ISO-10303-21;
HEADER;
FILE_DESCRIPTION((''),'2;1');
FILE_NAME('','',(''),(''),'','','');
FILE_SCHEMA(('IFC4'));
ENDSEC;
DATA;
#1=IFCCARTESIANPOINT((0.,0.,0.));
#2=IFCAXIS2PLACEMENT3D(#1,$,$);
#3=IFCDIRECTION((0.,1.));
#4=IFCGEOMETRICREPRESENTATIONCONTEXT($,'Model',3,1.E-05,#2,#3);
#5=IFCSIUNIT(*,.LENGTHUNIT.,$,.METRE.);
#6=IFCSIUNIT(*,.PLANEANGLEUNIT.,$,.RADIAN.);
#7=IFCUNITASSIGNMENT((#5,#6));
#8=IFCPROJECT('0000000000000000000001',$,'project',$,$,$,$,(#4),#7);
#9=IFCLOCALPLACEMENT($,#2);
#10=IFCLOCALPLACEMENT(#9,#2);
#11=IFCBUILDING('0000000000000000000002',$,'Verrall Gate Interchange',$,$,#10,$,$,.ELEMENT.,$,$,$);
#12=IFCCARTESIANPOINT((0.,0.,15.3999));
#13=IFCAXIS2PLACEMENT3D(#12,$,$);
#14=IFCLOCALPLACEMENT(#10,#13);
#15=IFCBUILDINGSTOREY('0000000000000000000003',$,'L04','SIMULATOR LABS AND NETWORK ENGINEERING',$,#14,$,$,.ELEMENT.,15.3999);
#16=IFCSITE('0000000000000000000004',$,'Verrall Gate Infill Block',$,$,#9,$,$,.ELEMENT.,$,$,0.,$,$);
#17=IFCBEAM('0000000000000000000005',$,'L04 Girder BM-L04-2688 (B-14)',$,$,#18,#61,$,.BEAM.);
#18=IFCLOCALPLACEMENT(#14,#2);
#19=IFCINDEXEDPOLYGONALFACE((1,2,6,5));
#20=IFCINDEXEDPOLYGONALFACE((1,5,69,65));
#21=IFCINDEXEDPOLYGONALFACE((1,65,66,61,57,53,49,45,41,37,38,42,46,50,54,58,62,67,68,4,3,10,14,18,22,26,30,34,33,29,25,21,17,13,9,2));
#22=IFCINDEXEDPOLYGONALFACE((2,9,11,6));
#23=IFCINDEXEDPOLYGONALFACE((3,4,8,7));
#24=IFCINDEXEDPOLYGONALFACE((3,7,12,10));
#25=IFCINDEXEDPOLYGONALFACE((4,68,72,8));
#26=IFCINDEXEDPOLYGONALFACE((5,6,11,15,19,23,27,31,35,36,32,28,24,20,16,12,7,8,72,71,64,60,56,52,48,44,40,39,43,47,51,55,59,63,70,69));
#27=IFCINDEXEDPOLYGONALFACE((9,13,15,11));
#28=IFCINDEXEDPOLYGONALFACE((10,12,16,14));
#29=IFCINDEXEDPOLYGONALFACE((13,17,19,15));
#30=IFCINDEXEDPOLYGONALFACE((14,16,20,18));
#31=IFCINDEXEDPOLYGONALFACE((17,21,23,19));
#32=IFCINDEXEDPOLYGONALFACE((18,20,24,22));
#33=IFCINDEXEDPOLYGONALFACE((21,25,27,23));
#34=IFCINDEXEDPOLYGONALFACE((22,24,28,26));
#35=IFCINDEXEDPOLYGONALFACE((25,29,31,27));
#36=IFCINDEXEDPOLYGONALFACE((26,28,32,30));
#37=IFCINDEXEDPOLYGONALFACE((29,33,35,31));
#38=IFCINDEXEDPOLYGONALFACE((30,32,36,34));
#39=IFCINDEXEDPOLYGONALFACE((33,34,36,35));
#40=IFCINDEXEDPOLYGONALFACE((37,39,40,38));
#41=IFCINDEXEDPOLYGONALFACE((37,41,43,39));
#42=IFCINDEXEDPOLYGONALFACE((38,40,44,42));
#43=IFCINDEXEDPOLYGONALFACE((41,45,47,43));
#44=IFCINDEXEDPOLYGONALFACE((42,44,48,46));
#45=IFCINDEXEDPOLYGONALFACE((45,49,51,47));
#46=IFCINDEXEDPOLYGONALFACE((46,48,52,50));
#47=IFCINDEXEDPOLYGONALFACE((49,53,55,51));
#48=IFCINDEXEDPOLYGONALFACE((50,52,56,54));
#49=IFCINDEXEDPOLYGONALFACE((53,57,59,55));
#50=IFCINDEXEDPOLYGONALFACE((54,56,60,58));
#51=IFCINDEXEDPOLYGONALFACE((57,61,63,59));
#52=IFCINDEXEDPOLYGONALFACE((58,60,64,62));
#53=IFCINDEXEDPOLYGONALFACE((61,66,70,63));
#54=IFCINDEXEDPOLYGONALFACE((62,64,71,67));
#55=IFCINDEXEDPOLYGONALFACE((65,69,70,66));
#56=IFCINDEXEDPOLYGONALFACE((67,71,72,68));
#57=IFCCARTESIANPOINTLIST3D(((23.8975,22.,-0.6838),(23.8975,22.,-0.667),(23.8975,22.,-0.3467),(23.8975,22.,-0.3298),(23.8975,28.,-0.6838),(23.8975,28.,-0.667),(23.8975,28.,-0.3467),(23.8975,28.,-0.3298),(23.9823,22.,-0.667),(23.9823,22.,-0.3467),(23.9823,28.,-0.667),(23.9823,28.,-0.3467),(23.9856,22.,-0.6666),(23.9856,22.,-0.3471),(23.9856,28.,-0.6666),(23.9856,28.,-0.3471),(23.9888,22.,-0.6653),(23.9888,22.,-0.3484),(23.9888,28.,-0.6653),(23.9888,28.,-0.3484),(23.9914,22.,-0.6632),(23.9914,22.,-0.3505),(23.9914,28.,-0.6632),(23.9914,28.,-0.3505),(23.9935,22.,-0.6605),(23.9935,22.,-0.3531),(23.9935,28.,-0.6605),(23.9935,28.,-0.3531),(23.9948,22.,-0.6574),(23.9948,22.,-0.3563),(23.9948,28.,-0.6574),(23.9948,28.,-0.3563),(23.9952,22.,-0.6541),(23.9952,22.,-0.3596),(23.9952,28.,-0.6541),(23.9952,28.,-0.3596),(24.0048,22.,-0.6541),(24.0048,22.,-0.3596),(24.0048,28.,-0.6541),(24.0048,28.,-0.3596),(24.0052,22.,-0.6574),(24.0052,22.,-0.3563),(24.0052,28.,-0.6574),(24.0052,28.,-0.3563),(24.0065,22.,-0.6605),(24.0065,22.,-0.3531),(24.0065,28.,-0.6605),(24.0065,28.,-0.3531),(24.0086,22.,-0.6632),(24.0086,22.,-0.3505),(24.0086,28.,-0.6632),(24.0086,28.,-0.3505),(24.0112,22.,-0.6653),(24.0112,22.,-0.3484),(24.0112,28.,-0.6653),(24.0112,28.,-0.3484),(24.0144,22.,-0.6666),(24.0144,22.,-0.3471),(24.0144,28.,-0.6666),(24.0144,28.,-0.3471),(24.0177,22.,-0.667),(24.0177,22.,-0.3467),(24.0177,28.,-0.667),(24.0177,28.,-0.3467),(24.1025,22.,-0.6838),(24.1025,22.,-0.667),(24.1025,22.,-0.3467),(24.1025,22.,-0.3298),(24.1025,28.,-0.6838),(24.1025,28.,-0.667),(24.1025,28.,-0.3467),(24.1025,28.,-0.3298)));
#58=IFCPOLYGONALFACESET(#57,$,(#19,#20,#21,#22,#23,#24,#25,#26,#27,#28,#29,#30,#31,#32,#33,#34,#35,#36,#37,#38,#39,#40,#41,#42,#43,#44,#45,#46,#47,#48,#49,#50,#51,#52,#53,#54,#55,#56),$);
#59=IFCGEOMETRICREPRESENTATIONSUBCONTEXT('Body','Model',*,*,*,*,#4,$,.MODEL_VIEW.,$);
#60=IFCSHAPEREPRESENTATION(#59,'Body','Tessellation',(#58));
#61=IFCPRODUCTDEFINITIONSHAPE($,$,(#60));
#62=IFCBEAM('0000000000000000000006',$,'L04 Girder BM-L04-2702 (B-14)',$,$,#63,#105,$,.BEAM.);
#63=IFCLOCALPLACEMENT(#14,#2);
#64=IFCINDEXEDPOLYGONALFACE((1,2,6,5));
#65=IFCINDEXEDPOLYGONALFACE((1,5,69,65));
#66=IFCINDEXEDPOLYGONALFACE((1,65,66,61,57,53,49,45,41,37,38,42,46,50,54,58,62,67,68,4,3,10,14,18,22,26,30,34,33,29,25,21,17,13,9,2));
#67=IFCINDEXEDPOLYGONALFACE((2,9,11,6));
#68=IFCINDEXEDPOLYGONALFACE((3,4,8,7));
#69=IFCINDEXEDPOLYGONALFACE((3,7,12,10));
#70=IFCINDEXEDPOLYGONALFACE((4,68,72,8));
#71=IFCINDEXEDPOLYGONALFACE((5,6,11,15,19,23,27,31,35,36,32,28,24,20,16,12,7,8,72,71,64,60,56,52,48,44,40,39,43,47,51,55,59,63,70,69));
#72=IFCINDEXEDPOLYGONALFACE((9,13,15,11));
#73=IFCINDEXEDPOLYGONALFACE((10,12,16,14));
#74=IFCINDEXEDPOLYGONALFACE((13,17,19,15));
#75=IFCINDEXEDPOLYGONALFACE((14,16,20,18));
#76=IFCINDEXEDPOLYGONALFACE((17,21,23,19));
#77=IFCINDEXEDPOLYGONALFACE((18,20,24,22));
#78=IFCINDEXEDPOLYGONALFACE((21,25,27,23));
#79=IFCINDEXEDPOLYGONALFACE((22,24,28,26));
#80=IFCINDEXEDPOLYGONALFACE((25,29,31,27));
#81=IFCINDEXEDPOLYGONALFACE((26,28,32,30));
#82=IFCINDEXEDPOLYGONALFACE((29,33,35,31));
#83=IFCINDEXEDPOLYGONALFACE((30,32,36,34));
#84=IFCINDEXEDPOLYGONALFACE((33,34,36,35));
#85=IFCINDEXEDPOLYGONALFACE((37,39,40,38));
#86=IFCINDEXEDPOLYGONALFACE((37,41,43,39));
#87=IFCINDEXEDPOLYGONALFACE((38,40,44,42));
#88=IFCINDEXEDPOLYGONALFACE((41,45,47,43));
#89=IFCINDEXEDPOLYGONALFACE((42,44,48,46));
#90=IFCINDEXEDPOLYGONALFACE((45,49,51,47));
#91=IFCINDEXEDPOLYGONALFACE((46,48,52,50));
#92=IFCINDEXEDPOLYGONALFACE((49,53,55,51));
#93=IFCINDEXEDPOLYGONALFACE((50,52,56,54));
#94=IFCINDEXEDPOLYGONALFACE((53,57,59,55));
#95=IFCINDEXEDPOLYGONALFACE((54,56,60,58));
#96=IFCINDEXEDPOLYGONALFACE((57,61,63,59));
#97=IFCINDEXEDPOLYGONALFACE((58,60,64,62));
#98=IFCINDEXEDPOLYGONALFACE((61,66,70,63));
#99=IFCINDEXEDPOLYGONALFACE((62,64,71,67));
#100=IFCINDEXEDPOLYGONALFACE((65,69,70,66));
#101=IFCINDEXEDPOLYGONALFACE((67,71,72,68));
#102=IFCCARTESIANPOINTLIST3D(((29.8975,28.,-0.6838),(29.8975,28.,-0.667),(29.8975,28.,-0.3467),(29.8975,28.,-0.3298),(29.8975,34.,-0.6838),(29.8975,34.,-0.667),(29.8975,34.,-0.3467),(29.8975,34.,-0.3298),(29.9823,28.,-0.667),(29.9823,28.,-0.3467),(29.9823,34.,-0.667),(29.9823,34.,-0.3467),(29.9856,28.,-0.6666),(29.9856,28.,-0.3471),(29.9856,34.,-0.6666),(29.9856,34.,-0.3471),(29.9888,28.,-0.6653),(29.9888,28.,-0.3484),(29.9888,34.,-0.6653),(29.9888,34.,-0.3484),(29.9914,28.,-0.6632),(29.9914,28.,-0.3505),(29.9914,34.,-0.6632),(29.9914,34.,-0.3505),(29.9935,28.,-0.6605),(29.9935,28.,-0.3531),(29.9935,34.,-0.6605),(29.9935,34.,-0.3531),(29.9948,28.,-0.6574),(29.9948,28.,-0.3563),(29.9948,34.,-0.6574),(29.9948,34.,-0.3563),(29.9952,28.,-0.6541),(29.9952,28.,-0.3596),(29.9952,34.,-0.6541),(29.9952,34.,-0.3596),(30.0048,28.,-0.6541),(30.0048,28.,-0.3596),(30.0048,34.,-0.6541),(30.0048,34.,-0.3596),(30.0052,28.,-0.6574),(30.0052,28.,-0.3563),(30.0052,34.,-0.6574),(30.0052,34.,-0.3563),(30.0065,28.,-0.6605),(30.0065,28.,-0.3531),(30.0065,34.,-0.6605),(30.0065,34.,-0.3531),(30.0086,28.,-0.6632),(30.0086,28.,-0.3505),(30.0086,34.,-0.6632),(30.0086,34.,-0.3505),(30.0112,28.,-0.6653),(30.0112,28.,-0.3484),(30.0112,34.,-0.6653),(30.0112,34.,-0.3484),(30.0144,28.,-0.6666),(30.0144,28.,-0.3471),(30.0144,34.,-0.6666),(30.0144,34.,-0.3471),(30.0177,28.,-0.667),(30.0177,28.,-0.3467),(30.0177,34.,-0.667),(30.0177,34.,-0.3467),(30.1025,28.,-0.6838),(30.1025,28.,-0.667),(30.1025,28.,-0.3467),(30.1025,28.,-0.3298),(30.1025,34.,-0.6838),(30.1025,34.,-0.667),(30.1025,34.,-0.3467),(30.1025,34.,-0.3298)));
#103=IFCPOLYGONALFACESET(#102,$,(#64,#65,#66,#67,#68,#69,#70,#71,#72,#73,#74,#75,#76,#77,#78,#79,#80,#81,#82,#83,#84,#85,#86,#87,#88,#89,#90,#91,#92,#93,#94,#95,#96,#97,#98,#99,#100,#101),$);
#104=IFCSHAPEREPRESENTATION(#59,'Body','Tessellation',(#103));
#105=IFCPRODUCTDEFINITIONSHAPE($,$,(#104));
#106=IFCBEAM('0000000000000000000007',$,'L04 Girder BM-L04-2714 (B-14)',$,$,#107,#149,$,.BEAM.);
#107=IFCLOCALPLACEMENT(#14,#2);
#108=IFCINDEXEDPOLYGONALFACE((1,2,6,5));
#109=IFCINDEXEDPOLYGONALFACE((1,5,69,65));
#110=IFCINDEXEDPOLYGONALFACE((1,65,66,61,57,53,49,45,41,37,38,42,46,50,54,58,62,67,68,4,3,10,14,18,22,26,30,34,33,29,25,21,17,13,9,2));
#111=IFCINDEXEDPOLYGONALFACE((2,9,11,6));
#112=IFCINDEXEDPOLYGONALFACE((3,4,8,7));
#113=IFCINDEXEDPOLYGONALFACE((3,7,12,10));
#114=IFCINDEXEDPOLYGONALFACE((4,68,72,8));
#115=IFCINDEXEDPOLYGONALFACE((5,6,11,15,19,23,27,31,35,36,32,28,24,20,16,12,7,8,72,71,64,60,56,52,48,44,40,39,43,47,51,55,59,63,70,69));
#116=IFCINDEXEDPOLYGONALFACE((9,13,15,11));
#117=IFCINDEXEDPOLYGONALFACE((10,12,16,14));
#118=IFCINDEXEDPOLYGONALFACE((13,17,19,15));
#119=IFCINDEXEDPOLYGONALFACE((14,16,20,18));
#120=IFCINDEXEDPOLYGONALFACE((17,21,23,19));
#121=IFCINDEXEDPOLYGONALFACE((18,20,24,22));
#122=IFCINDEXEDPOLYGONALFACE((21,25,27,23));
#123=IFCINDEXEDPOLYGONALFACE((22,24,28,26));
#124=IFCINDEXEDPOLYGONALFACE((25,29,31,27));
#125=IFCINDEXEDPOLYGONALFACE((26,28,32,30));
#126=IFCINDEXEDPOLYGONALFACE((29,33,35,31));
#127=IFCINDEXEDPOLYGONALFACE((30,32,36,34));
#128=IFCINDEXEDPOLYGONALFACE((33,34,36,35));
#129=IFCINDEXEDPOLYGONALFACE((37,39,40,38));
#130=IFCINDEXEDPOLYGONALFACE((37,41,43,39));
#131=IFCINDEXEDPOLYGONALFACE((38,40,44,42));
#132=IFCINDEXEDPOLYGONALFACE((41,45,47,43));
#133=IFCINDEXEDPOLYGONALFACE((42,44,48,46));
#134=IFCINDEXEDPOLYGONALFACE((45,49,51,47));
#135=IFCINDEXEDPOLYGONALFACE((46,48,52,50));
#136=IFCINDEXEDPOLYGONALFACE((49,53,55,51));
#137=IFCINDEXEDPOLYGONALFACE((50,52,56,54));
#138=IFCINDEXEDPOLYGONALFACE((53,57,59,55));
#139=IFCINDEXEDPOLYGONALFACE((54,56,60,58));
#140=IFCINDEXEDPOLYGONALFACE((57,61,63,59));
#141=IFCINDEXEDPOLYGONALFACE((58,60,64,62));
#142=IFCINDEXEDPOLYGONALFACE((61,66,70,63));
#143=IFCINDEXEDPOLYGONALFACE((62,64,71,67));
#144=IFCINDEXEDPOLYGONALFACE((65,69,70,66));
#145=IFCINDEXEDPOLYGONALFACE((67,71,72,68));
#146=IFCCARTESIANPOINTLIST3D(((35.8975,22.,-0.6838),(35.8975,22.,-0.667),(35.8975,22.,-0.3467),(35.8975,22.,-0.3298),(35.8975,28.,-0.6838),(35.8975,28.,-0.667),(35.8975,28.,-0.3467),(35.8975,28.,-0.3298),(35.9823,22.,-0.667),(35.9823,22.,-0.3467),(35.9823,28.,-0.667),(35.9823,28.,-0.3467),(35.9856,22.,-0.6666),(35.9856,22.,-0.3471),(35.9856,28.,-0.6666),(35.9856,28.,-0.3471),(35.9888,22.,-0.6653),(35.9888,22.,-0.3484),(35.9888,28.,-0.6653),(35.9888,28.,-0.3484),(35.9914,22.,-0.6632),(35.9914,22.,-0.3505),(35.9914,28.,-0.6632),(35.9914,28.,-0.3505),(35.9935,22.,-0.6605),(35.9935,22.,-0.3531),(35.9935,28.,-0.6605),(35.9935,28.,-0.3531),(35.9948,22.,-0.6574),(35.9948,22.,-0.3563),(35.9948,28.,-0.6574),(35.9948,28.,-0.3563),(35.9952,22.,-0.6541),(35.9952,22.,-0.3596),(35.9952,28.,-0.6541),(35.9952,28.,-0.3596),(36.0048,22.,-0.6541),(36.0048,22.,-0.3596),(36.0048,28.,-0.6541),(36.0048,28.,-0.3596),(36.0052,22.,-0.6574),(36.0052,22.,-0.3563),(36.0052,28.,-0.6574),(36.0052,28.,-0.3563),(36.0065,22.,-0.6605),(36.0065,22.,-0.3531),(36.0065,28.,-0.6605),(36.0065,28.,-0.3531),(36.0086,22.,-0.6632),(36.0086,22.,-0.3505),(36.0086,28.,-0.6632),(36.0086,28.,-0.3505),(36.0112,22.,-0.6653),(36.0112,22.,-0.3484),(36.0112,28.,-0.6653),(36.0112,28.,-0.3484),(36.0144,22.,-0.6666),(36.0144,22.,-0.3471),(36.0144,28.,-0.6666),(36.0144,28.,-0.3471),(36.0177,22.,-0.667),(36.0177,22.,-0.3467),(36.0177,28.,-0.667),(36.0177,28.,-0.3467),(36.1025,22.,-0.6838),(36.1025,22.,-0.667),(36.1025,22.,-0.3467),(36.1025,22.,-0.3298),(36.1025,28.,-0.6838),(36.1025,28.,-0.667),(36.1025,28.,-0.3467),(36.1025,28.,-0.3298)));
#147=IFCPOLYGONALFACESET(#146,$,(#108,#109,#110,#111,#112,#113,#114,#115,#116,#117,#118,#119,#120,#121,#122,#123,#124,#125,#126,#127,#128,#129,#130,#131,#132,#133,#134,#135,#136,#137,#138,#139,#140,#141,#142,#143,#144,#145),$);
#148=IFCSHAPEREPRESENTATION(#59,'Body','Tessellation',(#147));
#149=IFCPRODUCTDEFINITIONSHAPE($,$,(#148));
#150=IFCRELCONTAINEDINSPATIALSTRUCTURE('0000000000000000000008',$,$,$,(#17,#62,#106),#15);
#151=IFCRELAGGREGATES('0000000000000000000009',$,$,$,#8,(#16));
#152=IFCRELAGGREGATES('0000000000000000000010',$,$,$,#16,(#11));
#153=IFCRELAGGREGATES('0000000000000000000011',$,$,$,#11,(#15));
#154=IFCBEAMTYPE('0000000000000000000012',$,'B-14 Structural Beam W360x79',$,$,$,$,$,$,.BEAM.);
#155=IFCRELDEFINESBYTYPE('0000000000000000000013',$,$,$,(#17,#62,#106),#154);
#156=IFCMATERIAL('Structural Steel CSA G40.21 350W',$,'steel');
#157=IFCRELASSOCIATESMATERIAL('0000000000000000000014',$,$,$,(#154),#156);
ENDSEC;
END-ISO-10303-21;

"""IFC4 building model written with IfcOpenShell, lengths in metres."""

from ifc_helpers import new_model, si_unit, direction, frame, origin, origin_2d, place, context, subcontext, project, spatial, i_section, extrude, material, material_profile, profile_set, type_object, element, save


model = new_model("IFC4")

# Units and contexts
model_context = context("Model", 3, precision=1e-05, world=origin(), true_north=direction((0.0, 1.0)))
body_context = subcontext(model_context, "Body", "Model", "MODEL_VIEW")
ifc_project = project(units=[si_unit("LENGTHUNIT", "METRE"), si_unit("PLANEANGLEUNIT", "RADIAN")], contexts=[model_context])

# Site, building, storey
site_placement = place(None, origin())
site = spatial("IfcSite", under=ifc_project, at=site_placement, Name="Verrall Gate Infill Block", CompositionType="ELEMENT", RefElevation=0.0)
building_placement = place(site_placement, origin())
building = spatial("IfcBuilding", under=site, at=building_placement, Name="Verrall Gate Interchange", CompositionType="ELEMENT")
storey_placement = place(building_placement, frame((0.0, 0.0, 15.3999)))
storey = spatial("IfcBuildingStorey", under=building, at=storey_placement, Name="L04", Description="SIMULATOR LABS AND NETWORK ENGINEERING", CompositionType="ELEMENT", Elevation=15.3999)

# Beams
ifc_material_1 = material(Name="Structural Steel CSA G40.21 350W", Category="steel")
ifc_material_profile_1 = material_profile(ifc_material_1, i_section(OverallWidth=0.2051, OverallDepth=0.354, WebThickness=0.0095, FlangeThickness=0.0168, FilletRadius=0.0129, at=origin_2d()), Name="W360x79")
ifc_profile_set_1 = profile_set([ifc_material_profile_1], Name="Structural Steel CSA G40.21 350W")
beam_type_1 = type_object("IfcBeamType", Name="B-14 Structural Beam W360x79", PredefinedType="BEAM", material=ifc_profile_set_1)
for number, where, z_axis, x_axis, name in (
    (1, (24.0, 22.0, -0.5068), (0.0, 1.0, 0.0), (-1.0, 0.0, 0.0), "L04 Girder BM-L04-2688 (B-14)"),
    (2, (30.0, 28.0, -0.5068), (0.0, 1.0, 0.0), (-1.0, 0.0, 0.0), "L04 Girder BM-L04-2702 (B-14)"),
    (3, (36.0, 22.0, -0.5068), (0.0, 1.0, 0.0), (-1.0, 0.0, 0.0), "L04 Girder BM-L04-2714 (B-14)"),
):
    element("IfcBeam", number, at=place(storey_placement, frame(where, z_axis=z_axis, x_axis=x_axis)), inside=storey, type_object=beam_type_1, Name=name, PredefinedType="BEAM", context=body_context, shape_type="SweptSolid", body=[
        extrude(i_section(OverallWidth=0.2051, OverallDepth=0.354, WebThickness=0.0095, FlangeThickness=0.0168, FilletRadius=0.0129, at=origin_2d()), origin(), (0.0, 0.0, 1.0), 6.0),
    ])

save(model, "model.ifc")
